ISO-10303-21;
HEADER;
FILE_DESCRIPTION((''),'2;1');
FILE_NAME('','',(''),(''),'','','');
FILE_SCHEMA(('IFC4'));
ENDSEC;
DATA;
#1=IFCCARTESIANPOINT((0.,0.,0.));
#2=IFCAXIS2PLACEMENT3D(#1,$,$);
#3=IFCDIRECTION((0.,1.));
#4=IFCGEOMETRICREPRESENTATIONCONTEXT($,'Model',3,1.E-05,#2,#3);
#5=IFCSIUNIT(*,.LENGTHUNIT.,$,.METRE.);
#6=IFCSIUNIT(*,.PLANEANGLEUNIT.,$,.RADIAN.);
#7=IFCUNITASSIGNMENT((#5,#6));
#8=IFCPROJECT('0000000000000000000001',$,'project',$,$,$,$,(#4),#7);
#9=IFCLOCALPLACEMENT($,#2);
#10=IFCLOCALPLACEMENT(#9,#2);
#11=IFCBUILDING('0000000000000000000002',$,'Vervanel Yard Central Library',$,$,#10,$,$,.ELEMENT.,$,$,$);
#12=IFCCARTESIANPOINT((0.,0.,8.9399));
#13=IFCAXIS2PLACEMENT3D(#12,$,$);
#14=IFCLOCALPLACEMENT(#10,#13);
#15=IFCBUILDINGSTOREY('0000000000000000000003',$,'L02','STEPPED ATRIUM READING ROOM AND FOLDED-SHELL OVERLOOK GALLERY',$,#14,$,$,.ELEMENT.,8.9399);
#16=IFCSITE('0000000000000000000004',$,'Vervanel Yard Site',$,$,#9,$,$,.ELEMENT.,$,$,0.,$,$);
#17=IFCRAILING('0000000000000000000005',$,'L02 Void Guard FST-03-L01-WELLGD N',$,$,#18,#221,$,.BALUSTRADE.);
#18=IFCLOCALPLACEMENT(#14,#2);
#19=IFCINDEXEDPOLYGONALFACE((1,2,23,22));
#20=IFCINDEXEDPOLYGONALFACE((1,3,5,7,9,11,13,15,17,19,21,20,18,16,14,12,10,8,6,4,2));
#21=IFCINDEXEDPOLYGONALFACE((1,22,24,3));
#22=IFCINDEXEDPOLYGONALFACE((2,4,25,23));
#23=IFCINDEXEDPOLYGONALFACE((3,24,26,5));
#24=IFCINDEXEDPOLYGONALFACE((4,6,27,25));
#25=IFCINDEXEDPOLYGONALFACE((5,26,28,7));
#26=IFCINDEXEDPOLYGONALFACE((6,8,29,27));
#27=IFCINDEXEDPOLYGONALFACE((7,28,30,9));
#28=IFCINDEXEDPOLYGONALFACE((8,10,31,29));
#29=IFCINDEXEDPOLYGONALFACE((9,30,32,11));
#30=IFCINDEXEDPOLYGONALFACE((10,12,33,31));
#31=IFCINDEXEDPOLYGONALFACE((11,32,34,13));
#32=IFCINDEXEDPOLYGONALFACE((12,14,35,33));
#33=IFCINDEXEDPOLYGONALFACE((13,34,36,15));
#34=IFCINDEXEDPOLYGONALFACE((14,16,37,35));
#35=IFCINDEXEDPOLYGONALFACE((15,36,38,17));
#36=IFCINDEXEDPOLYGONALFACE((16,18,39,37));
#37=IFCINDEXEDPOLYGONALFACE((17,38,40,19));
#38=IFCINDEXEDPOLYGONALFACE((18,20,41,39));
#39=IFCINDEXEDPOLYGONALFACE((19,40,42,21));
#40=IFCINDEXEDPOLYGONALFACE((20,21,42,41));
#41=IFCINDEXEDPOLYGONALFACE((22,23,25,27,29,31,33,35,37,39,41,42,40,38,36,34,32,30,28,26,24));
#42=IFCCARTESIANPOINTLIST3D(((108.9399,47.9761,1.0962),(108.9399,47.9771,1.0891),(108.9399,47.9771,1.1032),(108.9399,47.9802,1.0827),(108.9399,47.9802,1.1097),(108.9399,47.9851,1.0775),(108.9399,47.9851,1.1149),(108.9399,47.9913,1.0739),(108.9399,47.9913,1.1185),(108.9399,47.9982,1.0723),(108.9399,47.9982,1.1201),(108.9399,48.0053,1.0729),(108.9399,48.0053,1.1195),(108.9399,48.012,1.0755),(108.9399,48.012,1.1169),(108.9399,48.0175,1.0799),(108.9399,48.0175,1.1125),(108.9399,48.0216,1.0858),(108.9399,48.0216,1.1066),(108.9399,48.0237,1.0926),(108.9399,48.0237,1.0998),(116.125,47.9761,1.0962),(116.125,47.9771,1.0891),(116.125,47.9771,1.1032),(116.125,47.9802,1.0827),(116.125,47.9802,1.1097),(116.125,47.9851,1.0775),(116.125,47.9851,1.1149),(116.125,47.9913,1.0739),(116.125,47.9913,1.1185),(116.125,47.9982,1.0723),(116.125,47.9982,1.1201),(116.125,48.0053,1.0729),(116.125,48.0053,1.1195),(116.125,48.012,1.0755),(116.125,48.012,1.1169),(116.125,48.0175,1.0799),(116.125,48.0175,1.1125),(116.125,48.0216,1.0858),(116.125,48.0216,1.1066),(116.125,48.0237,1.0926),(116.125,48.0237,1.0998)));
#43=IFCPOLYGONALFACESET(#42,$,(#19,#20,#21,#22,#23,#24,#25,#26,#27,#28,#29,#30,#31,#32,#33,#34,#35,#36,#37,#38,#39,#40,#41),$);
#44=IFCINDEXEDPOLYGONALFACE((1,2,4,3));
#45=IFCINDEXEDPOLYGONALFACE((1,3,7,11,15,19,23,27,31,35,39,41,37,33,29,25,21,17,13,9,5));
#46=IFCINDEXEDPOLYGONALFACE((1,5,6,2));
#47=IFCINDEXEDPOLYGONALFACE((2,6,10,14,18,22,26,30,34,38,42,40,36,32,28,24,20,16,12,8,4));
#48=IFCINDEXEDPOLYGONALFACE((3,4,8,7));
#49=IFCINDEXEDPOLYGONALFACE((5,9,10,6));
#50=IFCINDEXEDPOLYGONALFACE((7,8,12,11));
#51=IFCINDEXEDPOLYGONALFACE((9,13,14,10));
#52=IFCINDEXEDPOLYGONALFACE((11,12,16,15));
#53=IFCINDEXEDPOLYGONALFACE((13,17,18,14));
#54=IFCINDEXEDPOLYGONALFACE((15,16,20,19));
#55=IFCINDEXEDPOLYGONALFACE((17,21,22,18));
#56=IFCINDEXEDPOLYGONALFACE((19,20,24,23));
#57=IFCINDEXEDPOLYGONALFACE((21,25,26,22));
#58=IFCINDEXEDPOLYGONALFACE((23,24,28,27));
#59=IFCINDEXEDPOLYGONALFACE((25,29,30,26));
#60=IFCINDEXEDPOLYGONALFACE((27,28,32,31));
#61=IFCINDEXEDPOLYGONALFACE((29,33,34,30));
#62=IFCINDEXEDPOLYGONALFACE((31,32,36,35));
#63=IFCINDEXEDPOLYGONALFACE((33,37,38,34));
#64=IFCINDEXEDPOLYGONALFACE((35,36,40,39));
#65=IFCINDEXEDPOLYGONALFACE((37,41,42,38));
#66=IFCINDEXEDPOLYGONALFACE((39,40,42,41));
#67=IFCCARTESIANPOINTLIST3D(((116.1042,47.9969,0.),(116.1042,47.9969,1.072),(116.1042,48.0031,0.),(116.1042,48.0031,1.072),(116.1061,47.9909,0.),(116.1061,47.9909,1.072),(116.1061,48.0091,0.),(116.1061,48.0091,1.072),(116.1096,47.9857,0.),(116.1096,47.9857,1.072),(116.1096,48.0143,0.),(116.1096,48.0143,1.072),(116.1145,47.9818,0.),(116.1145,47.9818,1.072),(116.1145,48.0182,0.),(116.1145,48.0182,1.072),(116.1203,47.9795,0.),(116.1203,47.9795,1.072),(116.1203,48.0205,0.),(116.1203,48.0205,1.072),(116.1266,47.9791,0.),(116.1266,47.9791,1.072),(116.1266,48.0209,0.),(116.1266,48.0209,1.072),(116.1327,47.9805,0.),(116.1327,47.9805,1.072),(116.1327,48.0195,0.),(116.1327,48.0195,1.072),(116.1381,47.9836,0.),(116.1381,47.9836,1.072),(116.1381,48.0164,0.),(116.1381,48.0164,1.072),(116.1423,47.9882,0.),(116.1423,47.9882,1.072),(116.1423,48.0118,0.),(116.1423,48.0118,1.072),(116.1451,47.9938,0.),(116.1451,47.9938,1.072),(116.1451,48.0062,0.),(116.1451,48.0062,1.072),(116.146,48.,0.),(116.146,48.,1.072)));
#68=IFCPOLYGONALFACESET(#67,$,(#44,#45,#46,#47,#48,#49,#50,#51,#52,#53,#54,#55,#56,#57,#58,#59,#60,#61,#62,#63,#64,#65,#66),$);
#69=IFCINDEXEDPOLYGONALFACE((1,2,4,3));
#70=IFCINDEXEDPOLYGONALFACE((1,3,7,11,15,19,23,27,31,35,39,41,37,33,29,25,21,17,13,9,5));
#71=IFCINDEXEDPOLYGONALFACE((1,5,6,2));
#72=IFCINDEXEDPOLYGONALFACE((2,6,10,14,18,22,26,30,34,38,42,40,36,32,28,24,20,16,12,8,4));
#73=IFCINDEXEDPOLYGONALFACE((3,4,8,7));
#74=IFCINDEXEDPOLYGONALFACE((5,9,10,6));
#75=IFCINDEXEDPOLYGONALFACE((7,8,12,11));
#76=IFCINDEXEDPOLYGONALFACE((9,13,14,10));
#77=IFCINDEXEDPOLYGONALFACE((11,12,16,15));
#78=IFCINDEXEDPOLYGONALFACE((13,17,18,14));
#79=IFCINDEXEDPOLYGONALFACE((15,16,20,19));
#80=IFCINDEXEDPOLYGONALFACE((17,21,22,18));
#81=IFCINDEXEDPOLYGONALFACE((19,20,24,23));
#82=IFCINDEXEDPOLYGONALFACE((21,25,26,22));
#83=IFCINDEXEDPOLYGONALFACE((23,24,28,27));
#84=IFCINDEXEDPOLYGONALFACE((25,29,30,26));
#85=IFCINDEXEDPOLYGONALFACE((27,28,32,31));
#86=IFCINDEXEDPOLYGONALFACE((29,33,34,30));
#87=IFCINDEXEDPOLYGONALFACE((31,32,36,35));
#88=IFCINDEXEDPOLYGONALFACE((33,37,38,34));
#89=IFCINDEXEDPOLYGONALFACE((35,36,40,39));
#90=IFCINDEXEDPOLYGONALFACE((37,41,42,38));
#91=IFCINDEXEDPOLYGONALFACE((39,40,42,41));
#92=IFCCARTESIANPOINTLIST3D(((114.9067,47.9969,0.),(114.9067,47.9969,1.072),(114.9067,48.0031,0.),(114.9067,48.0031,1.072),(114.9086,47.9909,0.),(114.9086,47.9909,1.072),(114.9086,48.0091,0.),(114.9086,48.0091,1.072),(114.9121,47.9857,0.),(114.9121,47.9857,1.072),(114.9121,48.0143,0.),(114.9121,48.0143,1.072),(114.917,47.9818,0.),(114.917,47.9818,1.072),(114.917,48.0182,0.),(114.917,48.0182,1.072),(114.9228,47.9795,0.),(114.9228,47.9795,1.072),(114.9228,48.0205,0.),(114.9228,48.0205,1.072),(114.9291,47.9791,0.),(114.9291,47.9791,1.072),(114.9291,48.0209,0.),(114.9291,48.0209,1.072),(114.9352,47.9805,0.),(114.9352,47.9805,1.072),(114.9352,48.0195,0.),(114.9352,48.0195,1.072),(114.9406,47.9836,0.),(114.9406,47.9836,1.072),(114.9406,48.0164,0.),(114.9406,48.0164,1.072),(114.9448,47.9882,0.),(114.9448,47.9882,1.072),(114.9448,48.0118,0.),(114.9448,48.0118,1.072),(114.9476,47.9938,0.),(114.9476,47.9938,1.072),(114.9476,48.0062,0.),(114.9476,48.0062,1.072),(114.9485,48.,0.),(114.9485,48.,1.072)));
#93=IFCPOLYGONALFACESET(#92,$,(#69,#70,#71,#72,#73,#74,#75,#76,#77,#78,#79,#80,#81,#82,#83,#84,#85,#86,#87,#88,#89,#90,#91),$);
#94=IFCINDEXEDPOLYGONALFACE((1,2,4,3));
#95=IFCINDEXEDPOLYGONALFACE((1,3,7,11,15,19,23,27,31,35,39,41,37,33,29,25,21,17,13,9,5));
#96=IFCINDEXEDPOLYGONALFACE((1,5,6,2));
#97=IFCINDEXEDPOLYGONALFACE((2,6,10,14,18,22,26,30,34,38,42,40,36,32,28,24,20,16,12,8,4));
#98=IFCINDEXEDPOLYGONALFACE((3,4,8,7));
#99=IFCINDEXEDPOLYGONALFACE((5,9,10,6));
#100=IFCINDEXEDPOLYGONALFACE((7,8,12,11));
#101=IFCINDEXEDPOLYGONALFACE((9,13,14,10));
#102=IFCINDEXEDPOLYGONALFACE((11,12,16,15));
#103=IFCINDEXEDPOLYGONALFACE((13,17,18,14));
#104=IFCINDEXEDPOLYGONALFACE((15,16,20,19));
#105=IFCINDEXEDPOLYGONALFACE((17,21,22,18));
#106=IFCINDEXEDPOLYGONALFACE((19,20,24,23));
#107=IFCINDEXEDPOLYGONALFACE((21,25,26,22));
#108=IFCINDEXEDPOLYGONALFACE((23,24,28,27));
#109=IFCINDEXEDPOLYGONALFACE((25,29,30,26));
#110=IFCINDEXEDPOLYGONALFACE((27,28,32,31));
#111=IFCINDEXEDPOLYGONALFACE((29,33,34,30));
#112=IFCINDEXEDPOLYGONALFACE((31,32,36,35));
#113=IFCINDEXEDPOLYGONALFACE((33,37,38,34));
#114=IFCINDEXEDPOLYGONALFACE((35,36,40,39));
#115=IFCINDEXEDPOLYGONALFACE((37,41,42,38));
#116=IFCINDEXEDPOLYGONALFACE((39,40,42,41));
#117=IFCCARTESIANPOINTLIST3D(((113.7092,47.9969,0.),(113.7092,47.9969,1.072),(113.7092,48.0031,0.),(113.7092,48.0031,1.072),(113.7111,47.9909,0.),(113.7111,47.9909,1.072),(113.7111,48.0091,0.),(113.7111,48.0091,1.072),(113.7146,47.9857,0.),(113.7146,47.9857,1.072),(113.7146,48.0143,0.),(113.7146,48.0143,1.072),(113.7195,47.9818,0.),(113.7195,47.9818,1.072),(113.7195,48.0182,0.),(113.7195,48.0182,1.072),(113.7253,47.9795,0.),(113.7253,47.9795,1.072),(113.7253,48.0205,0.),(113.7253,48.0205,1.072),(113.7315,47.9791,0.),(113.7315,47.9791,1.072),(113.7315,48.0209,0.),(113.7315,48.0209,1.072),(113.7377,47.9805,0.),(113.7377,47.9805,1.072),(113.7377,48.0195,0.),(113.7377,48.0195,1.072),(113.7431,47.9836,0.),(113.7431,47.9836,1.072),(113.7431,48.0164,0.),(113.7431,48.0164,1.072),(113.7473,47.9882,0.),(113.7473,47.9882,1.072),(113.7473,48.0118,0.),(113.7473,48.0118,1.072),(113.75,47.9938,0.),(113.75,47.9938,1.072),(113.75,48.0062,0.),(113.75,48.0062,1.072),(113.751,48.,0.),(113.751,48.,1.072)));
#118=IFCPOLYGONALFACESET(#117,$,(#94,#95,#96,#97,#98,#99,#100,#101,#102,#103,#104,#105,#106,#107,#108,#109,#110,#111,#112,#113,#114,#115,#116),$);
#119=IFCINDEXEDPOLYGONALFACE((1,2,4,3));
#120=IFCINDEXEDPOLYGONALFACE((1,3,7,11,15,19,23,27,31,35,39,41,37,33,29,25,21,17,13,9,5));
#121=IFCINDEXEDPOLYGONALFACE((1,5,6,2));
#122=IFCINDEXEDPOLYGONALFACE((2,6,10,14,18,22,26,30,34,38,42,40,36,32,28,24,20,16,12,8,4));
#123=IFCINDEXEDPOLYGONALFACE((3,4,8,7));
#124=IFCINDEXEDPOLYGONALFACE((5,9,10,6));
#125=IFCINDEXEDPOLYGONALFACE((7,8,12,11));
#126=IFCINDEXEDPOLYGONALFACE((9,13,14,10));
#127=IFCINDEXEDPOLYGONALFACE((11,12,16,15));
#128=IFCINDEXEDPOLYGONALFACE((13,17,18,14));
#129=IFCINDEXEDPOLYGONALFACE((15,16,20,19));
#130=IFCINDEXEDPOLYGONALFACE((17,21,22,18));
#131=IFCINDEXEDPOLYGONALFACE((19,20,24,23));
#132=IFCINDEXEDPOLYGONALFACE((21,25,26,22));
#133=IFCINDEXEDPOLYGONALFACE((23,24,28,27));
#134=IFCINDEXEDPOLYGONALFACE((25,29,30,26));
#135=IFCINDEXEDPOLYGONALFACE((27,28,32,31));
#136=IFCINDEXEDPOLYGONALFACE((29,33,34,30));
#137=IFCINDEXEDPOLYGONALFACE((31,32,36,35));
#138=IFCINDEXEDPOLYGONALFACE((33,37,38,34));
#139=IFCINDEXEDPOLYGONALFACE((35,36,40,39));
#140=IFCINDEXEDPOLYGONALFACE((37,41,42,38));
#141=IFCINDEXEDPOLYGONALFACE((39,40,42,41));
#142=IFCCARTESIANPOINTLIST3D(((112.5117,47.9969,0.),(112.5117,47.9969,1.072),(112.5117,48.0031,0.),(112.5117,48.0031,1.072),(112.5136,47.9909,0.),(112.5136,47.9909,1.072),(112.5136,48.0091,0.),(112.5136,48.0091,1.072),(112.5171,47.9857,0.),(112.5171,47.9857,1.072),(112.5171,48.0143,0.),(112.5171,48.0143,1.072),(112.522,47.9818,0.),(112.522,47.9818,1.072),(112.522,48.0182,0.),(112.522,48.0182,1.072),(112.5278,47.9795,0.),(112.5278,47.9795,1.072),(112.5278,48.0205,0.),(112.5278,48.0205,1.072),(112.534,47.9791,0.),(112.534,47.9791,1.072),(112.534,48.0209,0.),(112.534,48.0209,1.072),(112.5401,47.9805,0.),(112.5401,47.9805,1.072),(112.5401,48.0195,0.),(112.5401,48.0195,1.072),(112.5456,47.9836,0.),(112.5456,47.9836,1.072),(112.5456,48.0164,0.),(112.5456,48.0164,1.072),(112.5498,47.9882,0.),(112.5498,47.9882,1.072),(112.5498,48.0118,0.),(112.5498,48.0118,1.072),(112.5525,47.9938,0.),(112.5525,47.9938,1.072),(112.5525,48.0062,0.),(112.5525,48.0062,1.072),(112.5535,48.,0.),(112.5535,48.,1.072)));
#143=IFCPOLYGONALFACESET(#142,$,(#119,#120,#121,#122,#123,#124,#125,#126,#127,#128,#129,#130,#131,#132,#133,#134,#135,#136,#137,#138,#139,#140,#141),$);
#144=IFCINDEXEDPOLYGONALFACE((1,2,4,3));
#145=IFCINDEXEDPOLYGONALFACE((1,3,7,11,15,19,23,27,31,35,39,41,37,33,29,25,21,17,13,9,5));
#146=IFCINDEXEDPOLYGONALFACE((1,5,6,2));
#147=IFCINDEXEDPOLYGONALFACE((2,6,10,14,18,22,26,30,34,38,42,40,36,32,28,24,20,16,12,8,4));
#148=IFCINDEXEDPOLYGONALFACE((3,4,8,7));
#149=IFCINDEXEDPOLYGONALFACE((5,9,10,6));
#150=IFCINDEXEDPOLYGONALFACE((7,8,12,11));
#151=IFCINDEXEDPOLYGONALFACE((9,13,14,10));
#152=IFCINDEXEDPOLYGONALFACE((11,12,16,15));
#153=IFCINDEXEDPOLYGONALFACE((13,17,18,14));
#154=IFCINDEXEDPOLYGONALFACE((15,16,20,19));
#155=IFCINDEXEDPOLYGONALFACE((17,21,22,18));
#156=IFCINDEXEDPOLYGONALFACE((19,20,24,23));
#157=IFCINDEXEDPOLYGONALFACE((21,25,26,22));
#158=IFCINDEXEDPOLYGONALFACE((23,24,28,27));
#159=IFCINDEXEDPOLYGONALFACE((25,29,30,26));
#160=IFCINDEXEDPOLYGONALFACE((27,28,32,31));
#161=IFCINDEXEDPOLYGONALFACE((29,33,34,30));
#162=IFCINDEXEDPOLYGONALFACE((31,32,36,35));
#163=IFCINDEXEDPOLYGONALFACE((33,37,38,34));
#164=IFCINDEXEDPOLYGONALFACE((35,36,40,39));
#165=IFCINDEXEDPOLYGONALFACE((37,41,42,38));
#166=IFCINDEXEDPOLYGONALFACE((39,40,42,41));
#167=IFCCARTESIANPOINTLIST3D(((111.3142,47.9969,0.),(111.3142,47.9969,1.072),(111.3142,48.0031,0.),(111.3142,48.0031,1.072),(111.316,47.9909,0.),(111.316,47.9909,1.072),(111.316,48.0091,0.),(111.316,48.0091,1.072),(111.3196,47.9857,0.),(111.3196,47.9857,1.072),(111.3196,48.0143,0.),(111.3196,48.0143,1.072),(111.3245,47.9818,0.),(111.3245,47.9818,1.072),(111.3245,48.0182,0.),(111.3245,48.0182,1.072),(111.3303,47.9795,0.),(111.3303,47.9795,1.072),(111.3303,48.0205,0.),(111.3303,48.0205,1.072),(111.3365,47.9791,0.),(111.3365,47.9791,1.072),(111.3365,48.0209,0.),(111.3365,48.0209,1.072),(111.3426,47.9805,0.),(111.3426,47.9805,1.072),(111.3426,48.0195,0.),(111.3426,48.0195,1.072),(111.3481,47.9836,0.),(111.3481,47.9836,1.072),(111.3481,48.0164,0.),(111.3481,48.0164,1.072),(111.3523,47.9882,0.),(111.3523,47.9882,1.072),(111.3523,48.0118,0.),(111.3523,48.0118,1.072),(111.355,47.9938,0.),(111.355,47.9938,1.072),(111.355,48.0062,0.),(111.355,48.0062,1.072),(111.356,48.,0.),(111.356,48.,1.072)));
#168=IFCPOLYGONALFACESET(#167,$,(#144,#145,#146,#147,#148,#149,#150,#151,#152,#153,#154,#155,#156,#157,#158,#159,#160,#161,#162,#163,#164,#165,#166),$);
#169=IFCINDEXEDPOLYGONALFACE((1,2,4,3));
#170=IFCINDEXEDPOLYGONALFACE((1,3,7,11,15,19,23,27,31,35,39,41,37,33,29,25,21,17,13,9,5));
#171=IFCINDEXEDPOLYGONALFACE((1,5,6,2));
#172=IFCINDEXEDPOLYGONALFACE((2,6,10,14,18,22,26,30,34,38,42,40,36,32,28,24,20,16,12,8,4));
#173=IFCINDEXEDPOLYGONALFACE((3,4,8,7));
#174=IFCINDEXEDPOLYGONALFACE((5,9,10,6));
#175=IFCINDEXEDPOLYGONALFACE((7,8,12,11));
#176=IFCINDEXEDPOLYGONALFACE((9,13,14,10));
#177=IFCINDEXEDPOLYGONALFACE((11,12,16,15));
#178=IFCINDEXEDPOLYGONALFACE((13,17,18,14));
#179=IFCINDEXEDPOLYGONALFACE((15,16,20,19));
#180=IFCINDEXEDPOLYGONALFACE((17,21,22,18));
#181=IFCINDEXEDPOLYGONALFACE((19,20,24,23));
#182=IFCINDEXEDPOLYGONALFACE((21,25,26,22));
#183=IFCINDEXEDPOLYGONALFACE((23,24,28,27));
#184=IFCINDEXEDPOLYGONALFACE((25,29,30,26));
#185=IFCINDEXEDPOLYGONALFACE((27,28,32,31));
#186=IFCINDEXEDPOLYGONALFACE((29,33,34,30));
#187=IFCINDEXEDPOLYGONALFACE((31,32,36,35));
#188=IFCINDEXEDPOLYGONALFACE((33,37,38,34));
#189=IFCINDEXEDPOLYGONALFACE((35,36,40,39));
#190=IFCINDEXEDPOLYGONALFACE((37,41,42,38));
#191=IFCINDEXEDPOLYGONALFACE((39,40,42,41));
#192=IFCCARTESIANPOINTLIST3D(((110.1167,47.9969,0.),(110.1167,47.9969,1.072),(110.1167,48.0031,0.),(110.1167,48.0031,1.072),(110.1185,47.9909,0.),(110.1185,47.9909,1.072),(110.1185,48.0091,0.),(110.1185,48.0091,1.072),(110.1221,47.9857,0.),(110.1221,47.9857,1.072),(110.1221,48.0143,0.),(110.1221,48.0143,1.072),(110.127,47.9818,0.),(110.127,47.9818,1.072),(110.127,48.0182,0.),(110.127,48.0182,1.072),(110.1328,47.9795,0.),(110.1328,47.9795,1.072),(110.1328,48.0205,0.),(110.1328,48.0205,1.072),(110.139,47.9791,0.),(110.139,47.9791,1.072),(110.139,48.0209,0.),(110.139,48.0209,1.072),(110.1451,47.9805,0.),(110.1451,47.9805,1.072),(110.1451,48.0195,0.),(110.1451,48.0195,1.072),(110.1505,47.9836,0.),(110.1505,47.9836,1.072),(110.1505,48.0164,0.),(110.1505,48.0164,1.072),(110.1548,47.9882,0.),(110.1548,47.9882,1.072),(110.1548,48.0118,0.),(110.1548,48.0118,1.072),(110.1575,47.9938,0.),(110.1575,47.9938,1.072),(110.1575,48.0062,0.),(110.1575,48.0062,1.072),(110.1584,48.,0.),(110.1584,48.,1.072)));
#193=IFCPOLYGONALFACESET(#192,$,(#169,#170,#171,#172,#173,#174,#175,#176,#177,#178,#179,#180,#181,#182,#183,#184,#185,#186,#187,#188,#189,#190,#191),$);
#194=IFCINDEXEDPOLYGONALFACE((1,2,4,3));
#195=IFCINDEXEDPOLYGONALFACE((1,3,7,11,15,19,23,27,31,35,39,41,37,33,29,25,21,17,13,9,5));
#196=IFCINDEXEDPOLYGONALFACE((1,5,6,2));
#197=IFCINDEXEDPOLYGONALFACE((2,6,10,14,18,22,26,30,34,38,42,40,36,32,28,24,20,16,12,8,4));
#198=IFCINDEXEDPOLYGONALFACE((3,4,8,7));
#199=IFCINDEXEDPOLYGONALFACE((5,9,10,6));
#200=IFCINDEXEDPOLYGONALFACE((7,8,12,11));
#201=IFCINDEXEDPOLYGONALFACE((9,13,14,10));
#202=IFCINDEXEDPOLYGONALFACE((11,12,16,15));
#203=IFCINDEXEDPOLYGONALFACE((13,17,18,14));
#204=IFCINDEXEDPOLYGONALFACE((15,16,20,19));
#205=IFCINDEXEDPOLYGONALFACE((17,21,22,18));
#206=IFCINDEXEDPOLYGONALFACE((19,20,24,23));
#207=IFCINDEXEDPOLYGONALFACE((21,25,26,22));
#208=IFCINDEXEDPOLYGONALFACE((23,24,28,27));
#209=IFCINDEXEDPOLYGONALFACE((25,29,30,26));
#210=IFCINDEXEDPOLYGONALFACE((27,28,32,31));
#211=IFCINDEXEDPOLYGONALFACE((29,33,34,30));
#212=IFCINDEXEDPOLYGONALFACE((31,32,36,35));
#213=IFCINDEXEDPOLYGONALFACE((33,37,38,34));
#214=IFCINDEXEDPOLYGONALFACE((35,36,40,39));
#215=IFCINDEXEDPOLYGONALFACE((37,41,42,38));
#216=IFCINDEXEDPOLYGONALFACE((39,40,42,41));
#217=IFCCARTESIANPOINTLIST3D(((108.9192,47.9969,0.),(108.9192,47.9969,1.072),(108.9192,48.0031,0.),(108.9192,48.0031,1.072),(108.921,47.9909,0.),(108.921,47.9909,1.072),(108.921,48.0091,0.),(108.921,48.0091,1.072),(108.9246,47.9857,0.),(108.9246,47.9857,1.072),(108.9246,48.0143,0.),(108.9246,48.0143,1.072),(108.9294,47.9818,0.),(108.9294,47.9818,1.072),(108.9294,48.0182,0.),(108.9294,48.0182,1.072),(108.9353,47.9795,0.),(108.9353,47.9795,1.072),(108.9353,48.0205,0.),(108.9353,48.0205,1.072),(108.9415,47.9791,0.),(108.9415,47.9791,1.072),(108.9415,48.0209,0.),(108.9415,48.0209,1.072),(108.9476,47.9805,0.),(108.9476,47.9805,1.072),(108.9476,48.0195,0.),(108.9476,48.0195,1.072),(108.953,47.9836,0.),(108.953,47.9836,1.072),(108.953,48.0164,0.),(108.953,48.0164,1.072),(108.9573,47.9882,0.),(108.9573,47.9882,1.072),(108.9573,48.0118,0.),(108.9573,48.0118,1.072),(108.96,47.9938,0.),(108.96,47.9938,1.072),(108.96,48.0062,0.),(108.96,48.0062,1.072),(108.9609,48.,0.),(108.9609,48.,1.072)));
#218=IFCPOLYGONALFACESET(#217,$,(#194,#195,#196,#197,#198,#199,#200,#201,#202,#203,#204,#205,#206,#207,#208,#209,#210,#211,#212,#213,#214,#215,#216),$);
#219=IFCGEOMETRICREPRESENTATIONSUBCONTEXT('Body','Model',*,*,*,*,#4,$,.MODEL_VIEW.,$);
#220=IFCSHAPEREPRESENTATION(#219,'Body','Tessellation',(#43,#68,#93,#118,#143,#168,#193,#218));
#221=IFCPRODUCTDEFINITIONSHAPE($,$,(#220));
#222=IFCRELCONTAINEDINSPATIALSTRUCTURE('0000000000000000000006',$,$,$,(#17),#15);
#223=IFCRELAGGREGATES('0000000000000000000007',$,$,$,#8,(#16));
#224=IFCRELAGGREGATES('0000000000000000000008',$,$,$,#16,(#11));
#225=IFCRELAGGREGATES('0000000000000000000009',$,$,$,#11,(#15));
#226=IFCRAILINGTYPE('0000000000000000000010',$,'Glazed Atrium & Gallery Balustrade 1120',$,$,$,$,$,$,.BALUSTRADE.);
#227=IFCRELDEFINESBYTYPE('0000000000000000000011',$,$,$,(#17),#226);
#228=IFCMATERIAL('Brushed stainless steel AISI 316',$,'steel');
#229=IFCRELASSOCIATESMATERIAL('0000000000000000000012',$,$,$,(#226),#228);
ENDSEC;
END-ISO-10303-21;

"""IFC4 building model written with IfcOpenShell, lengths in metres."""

from ifc_helpers import new_model, si_unit, direction, frame, origin, origin_2d, place, context, subcontext, project, spatial, circle, extrude, material, type_object, element, save


model = new_model("IFC4")

# Units and contexts
model_context = context("Model", 3, precision=1e-05, world=origin(), true_north=direction((0.0, 1.0)))
body_context = subcontext(model_context, "Body", "Model", "MODEL_VIEW")
ifc_project = project(units=[si_unit("LENGTHUNIT", "METRE"), si_unit("PLANEANGLEUNIT", "RADIAN")], contexts=[model_context])

# Site, building, storey
site_placement = place(None, origin())
site = spatial("IfcSite", under=ifc_project, at=site_placement, Name="Vervanel Yard Site", CompositionType="ELEMENT", RefElevation=0.0)
building_placement = place(site_placement, origin())
building = spatial("IfcBuilding", under=site, at=building_placement, Name="Vervanel Yard Central Library", CompositionType="ELEMENT")
storey_placement = place(building_placement, frame((0.0, 0.0, 8.9399)))
storey = spatial("IfcBuildingStorey", under=building, at=storey_placement, Name="L02", Description="STEPPED ATRIUM READING ROOM AND FOLDED-SHELL OVERLOOK GALLERY", CompositionType="ELEMENT", Elevation=8.9399)

# Railing
ifc_material_1 = material(Name="Brushed stainless steel AISI 316", Category="steel")
railing_type = type_object("IfcRailingType", Name="Glazed Atrium & Gallery Balustrade 1120", PredefinedType="BALUSTRADE", material=ifc_material_1)
railing_1_placement = place(storey_placement, frame((116.125, 48.0, 0.0)))
element("IfcRailing", 1, at=railing_1_placement, inside=storey, type_object=railing_type, Name="L02 Void Guard FST-03-L01-WELLGD N", PredefinedType="BALUSTRADE", context=body_context, shape_type="SweptSolid", body=[
    extrude(circle(Radius=0.0239, at=origin_2d()), frame((0.0, 0.0, 1.0962), z_axis=(-1.0, 0.0, 0.0), x_axis=(0.0, -1.0, 0.0)), (0.0, 0.0, 1.0), 7.1851),
    extrude(circle(Radius=0.021, at=origin_2d()), origin(), (0.0, 0.0, 1.0), 1.072),
    extrude(circle(Radius=0.021, at=origin_2d()), frame((-1.1975, 0.0, 0.0)), (0.0, 0.0, 1.0), 1.072),
    extrude(circle(Radius=0.021, at=origin_2d()), frame((-2.395, 0.0, 0.0)), (0.0, 0.0, 1.0), 1.072),
    extrude(circle(Radius=0.021, at=origin_2d()), frame((-3.5925, 0.0, 0.0)), (0.0, 0.0, 1.0), 1.072),
    extrude(circle(Radius=0.021, at=origin_2d()), frame((-4.79, 0.0, 0.0)), (0.0, 0.0, 1.0), 1.072),
    extrude(circle(Radius=0.021, at=origin_2d()), frame((-5.9875, 0.0, 0.0)), (0.0, 0.0, 1.0), 1.072),
    extrude(circle(Radius=0.021, at=origin_2d()), frame((-7.1851, 0.0, 0.0)), (0.0, 0.0, 1.0), 1.072),
])

save(model, "model.ifc")
